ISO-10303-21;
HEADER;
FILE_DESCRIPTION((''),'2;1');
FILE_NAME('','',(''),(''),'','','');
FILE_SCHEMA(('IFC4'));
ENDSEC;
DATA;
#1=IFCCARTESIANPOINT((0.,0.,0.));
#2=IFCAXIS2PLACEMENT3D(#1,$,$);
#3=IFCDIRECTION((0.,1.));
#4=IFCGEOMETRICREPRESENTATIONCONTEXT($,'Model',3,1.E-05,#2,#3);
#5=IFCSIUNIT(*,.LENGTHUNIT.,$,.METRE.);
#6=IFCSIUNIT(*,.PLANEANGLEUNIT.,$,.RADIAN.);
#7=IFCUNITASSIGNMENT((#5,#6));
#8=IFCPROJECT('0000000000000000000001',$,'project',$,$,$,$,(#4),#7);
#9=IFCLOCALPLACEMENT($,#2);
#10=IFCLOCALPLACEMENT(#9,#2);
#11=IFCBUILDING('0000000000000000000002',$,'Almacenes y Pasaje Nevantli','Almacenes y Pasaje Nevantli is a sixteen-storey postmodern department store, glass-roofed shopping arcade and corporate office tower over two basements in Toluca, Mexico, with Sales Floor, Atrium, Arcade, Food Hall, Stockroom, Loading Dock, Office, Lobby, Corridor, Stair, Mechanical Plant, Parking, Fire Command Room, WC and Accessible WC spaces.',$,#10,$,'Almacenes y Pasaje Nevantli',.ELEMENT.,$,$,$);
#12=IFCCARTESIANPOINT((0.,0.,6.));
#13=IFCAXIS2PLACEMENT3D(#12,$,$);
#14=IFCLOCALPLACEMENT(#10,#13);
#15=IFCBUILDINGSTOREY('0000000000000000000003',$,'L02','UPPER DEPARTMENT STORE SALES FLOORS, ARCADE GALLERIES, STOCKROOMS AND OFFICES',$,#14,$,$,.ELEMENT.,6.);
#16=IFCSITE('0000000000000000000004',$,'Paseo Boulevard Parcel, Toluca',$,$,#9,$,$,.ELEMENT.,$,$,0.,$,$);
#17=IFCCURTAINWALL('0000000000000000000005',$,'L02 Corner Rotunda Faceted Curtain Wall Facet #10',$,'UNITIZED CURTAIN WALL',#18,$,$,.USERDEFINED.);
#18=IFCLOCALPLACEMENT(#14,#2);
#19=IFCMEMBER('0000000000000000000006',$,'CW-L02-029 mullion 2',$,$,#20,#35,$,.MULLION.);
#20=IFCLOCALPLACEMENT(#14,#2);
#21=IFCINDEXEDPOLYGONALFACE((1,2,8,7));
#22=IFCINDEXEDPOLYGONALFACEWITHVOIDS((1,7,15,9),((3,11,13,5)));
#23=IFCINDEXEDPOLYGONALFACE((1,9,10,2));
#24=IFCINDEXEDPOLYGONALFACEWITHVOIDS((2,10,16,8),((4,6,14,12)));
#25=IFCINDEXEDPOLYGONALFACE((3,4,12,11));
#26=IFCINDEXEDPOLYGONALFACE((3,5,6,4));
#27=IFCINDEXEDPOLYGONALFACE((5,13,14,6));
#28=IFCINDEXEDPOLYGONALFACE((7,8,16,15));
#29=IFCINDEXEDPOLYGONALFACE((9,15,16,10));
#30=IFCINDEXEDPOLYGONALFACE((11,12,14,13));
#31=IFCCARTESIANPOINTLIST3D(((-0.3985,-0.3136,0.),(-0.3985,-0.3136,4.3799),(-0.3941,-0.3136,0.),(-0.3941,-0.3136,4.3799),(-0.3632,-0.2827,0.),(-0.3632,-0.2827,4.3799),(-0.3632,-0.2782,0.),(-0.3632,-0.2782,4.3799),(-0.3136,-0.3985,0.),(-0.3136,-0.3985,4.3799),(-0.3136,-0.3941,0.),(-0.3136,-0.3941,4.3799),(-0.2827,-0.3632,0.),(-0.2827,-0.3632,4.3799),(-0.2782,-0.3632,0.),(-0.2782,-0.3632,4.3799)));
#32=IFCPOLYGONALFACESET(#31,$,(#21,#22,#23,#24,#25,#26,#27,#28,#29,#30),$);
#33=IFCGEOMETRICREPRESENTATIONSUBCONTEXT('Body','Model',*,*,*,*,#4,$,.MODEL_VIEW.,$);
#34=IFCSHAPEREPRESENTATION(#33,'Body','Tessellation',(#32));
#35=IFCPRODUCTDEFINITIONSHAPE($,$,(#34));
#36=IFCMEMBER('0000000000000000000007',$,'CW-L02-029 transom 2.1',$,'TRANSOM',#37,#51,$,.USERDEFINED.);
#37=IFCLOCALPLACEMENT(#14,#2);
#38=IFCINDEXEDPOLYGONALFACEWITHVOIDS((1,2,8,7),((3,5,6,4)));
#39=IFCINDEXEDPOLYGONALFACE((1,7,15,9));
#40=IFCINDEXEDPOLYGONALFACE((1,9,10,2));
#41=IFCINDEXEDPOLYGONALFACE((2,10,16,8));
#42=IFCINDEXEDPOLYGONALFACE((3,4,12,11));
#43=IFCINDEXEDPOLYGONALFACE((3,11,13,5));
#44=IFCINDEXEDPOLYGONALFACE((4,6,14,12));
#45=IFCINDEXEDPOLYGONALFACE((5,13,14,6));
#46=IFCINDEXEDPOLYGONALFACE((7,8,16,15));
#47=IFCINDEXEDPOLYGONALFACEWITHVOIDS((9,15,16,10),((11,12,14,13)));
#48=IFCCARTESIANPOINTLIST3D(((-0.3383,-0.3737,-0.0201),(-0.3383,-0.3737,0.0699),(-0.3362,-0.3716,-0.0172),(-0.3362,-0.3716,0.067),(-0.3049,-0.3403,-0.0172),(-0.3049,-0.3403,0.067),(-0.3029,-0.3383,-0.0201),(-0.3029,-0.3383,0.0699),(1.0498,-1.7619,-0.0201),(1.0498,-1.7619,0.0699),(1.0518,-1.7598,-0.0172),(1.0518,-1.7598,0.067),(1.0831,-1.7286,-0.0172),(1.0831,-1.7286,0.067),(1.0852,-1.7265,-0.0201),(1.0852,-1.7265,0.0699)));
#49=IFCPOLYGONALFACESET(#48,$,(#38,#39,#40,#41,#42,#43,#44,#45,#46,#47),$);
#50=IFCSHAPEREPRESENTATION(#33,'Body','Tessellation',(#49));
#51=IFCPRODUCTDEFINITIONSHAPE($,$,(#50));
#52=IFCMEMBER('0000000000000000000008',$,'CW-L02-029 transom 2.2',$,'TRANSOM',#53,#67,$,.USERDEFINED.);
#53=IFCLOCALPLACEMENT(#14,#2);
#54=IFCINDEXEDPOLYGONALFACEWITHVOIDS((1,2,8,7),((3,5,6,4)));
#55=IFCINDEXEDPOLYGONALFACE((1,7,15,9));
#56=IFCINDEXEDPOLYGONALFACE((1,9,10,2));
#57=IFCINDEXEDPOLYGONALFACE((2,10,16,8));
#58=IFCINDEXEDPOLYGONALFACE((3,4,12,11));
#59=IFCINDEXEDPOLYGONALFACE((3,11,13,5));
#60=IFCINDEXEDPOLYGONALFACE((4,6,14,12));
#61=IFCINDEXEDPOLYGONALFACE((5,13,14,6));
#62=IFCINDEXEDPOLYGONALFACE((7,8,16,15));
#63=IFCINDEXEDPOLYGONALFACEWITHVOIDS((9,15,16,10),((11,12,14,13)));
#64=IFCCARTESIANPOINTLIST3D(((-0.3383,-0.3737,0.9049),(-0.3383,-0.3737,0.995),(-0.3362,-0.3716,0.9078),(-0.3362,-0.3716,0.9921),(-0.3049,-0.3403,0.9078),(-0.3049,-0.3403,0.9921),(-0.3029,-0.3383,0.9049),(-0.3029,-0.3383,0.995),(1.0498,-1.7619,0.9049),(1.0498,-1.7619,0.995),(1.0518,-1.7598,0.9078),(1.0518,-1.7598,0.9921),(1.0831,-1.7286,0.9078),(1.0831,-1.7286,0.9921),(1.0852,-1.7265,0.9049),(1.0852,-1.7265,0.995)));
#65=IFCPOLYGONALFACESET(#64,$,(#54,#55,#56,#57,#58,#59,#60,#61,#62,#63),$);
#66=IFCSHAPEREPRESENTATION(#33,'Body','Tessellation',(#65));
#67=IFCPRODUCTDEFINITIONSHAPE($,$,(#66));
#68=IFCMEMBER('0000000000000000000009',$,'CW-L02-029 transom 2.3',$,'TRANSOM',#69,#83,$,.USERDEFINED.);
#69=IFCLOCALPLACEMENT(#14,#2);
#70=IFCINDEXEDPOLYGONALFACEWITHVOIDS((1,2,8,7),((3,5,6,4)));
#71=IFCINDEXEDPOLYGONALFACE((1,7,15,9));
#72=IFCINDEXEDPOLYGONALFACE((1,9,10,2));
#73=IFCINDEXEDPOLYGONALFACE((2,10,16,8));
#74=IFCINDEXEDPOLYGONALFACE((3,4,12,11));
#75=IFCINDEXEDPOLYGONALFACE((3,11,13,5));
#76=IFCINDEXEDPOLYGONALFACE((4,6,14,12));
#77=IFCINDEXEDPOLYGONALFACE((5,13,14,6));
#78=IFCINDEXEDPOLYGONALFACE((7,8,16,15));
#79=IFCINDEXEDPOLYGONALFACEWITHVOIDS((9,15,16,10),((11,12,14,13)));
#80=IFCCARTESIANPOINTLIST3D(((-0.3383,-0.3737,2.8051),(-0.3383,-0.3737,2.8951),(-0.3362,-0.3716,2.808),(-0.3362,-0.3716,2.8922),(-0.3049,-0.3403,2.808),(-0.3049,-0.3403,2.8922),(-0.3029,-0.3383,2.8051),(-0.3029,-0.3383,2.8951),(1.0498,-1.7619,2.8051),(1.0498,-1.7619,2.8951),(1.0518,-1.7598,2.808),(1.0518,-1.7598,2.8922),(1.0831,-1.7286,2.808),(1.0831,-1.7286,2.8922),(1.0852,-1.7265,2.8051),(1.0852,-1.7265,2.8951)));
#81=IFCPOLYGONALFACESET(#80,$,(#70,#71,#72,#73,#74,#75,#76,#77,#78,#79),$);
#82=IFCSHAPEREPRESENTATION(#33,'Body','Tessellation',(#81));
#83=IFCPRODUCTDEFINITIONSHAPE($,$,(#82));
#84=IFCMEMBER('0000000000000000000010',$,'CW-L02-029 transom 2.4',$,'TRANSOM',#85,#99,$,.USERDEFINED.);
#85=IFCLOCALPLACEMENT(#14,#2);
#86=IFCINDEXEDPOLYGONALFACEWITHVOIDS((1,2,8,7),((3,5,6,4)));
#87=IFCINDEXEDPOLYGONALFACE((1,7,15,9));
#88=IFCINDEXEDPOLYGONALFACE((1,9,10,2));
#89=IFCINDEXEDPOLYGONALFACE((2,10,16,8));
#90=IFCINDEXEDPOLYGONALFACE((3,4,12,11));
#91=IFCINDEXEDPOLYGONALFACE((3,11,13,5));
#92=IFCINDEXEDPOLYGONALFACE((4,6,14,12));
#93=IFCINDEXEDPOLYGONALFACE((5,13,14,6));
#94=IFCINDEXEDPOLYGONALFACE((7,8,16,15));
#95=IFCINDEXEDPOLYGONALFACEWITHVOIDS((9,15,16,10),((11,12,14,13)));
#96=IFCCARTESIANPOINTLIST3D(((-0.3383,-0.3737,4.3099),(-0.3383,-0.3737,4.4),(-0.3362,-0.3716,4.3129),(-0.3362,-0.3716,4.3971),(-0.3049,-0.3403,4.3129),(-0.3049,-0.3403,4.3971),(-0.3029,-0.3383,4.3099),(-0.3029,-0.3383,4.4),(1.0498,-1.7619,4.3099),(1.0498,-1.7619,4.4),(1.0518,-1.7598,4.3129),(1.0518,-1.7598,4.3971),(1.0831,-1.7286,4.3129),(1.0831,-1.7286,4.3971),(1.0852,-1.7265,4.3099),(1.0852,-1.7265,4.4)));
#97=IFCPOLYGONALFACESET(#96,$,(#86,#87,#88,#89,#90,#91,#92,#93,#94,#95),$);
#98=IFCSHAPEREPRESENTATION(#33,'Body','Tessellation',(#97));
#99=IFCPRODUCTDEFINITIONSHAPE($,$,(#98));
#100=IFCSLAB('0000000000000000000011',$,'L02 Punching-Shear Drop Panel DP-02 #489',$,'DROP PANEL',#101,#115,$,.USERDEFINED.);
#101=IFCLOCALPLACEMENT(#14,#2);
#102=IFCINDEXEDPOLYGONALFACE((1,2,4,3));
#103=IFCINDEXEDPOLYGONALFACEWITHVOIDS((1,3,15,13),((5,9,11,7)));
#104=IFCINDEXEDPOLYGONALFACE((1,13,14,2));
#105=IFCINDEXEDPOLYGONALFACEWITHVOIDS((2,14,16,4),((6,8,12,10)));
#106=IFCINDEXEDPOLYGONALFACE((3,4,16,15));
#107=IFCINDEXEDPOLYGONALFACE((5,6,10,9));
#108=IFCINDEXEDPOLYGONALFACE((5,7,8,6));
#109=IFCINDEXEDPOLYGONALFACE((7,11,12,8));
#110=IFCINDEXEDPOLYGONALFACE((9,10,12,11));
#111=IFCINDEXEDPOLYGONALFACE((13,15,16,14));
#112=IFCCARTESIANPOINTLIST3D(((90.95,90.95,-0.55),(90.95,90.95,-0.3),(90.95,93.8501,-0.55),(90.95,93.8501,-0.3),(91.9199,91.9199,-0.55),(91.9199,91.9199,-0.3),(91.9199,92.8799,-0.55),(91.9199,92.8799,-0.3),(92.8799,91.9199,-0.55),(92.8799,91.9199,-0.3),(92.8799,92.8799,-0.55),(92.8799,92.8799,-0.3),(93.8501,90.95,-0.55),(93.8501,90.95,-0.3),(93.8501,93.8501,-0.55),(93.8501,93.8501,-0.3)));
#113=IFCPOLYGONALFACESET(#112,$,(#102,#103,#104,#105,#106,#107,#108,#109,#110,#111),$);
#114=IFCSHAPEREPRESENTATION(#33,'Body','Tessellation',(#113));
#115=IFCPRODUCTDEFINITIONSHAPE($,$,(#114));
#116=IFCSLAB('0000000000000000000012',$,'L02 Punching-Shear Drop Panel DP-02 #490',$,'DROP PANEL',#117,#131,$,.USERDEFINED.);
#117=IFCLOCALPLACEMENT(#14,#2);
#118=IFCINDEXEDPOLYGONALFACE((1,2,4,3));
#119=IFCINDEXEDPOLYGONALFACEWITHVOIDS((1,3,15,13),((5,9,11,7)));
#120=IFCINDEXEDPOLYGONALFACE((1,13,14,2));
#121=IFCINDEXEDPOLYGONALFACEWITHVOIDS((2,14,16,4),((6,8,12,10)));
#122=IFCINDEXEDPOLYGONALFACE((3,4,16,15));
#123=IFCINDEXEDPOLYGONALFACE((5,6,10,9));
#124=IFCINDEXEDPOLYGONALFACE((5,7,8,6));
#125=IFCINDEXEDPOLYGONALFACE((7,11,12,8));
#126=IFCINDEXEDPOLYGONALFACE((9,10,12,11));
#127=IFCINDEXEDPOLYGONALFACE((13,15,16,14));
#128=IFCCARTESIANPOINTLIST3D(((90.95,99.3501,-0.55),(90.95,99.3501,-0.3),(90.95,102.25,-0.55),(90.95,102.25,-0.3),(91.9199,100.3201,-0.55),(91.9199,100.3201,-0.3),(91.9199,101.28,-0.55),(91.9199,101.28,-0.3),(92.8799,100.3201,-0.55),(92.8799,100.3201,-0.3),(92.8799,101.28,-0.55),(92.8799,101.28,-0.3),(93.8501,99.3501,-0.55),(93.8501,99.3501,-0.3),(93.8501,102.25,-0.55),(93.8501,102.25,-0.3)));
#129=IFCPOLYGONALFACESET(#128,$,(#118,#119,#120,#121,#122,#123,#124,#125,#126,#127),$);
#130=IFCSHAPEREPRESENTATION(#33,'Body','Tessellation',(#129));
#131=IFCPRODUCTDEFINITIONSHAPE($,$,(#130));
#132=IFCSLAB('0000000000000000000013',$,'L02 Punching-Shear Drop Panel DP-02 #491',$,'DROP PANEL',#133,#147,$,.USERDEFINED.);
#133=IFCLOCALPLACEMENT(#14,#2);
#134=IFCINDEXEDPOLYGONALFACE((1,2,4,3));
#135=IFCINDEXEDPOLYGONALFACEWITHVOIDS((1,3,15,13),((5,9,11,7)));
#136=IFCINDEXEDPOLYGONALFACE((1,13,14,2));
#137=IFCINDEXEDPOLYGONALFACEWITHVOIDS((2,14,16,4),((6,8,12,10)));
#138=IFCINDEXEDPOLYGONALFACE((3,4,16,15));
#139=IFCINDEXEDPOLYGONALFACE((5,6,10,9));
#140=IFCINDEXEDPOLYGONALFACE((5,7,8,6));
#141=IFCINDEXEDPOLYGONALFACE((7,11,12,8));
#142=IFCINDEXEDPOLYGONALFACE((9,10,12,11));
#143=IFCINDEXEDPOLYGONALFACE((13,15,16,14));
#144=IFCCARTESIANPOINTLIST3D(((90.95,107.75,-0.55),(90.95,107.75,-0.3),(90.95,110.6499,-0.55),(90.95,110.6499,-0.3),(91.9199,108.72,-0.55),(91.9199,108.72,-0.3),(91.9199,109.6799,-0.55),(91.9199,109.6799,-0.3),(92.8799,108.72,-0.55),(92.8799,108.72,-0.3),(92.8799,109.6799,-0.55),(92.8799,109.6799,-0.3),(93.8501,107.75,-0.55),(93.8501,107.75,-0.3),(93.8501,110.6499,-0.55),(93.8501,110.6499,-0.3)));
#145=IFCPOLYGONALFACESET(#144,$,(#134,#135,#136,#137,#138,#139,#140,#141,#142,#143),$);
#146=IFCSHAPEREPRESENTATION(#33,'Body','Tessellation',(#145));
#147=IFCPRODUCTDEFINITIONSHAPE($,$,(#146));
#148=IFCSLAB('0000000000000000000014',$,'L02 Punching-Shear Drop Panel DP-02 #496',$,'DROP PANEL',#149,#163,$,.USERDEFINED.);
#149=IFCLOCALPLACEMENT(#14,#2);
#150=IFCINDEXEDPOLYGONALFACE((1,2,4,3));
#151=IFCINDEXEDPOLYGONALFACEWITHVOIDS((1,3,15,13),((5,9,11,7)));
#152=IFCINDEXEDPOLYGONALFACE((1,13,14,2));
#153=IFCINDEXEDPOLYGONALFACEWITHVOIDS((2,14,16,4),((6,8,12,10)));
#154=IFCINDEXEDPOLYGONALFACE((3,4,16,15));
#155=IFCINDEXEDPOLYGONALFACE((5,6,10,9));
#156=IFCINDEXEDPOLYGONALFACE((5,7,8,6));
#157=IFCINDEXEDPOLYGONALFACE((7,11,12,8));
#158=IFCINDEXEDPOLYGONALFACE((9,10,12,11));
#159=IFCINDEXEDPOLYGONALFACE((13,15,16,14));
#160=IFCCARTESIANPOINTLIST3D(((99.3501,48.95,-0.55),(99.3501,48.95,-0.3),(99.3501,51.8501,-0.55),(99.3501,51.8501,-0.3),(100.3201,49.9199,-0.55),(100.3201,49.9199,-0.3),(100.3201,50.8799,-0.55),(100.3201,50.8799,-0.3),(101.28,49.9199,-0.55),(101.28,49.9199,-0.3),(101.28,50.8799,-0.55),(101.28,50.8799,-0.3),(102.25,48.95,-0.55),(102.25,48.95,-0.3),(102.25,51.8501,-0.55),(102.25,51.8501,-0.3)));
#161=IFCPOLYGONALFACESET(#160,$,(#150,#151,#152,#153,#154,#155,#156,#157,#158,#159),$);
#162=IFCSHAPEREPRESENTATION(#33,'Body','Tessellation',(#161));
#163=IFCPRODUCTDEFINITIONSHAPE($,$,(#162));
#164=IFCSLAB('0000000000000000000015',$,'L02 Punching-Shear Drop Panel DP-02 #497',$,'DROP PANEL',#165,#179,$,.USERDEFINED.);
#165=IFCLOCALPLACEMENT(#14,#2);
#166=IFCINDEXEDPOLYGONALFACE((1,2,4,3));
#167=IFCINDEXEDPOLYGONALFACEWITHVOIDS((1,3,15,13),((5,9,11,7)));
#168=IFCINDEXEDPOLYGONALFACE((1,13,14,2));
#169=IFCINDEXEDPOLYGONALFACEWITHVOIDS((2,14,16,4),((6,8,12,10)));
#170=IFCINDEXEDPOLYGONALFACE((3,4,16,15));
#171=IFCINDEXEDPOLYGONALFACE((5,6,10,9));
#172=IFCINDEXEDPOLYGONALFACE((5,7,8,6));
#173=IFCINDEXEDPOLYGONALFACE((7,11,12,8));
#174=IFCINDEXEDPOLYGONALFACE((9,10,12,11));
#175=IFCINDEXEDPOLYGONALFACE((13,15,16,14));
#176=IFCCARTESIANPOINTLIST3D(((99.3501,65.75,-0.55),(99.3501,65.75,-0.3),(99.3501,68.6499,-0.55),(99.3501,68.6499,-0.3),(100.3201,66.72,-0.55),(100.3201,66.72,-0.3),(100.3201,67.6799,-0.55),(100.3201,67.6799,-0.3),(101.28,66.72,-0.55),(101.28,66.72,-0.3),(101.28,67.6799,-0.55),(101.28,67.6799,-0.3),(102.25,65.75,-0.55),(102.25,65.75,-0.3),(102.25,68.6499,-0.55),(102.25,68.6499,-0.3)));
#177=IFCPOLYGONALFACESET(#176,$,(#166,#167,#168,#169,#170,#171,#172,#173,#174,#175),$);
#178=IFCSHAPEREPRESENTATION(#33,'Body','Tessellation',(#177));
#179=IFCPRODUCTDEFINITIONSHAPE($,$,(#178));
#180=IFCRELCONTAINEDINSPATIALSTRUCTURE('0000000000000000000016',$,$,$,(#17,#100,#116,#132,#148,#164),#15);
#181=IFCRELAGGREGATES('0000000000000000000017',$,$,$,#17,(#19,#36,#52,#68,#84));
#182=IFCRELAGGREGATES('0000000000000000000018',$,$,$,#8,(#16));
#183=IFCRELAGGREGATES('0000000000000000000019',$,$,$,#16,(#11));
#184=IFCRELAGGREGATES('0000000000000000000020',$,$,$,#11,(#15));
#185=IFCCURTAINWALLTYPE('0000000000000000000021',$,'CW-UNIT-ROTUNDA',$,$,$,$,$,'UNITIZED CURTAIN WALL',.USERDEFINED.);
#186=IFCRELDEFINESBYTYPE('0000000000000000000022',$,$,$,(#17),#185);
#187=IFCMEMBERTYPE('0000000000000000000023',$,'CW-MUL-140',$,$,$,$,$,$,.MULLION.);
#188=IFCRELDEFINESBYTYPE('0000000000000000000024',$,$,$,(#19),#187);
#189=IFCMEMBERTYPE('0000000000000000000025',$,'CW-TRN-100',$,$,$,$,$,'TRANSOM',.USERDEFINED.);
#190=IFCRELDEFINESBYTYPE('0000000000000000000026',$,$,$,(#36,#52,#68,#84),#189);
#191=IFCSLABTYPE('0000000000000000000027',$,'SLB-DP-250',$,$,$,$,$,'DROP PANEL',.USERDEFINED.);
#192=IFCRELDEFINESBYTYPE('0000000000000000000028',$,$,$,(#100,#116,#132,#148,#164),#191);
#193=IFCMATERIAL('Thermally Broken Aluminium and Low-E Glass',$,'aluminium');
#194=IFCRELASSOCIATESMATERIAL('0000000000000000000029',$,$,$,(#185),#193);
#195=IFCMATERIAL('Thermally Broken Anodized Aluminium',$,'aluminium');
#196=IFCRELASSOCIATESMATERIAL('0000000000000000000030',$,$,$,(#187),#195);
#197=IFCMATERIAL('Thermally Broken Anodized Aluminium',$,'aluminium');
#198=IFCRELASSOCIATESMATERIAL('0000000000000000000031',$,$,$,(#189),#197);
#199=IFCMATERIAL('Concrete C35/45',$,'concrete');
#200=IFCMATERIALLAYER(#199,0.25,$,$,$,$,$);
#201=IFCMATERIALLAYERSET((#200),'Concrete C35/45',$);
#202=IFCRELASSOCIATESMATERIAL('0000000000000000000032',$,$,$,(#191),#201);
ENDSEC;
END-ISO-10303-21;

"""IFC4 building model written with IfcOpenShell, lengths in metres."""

from ifc_helpers import new_model, si_unit, direction, frame, origin, origin_2d, place, context, subcontext, project, spatial, polyline, hollow_rectangle, outline, extrude, material, layer, layer_set, material_profile, profile_set, type_object, element, aggregate, save


model = new_model("IFC4")

# Units and contexts
model_context = context("Model", 3, precision=1e-05, world=origin(), true_north=direction((0.0, 1.0)))
body_context = subcontext(model_context, "Body", "Model", "MODEL_VIEW")
ifc_project = project(units=[si_unit("LENGTHUNIT", "METRE"), si_unit("PLANEANGLEUNIT", "RADIAN")], contexts=[model_context])

# Site, building, storey
site_placement = place(None, origin())
site = spatial("IfcSite", under=ifc_project, at=site_placement, Name="Paseo Boulevard Parcel, Toluca", CompositionType="ELEMENT", RefElevation=0.0)
building_placement = place(site_placement, origin())
building = spatial("IfcBuilding", under=site, at=building_placement, Name="Almacenes y Pasaje Nevantli", Description="Almacenes y Pasaje Nevantli is a sixteen-storey postmodern department store, glass-roofed shopping arcade and corporate office tower over two basements in Toluca, Mexico, with Sales Floor, Atrium, Arcade, Food Hall, Stockroom, Loading Dock, Office, Lobby, Corridor, Stair, Mechanical Plant, Parking, Fire Command Room, WC and Accessible WC spaces.", LongName="Almacenes y Pasaje Nevantli", CompositionType="ELEMENT")
storey_placement = place(building_placement, frame((0.0, 0.0, 6.0)))
storey = spatial("IfcBuildingStorey", under=building, at=storey_placement, Name="L02", Description="UPPER DEPARTMENT STORE SALES FLOORS, ARCADE GALLERIES, STOCKROOMS AND OFFICES", CompositionType="ELEMENT", Elevation=6.0)

# Curtain wall, members
ifc_material_1 = material(Name="Thermally Broken Aluminium and Low-E Glass", Category="aluminium")
curtain_wall_type = type_object("IfcCurtainWallType", Name="CW-UNIT-ROTUNDA", ElementType="UNITIZED CURTAIN WALL", PredefinedType="USERDEFINED", material=ifc_material_1)
curtain_wall_placement = place(storey_placement, origin())
curtain_wall = element("IfcCurtainWall", 1, at=curtain_wall_placement, inside=storey, type_object=curtain_wall_type, Name="L02 Corner Rotunda Faceted Curtain Wall Facet #10", ObjectType="UNITIZED CURTAIN WALL", PredefinedType="USERDEFINED")
ifc_material_2 = material(Name="Thermally Broken Anodized Aluminium", Category="aluminium")
ifc_material_profile_1 = material_profile(ifc_material_2, hollow_rectangle(XDim=0.05, YDim=0.1201, WallThickness=0.0032, at=origin_2d()), Name="ALU-MUL-50x120")
ifc_profile_set_1 = profile_set([ifc_material_profile_1], Name="Thermally Broken Anodized Aluminium")
member_type_1 = type_object("IfcMemberType", Name="CW-MUL-140", PredefinedType="MULLION", material=ifc_profile_set_1)
member_1_placement = place(storey_placement, frame((-0.3384, -0.3384, 0.0), z_axis=(0.0, 0.0, 1.0), x_axis=(0.707107, 0.707107, 0.0)))
member_1 = element("IfcMember", 2, at=member_1_placement, type_object=member_type_1, Name="CW-L02-029 mullion 2", PredefinedType="MULLION", context=body_context, shape_type="SweptSolid", body=[
    extrude(hollow_rectangle(XDim=0.05, YDim=0.1201, WallThickness=0.0032, at=origin_2d()), origin(), (0.0, 0.0, 1.0), 4.3799),
])
ifc_material_3 = material(Name="Thermally Broken Anodized Aluminium", Category="aluminium")
ifc_material_profile_2 = material_profile(ifc_material_3, hollow_rectangle(XDim=0.05, YDim=0.0901, WallThickness=0.0029, at=origin_2d()), Name="ALU-TRN-50x90")
ifc_profile_set_2 = profile_set([ifc_material_profile_2], Name="Thermally Broken Anodized Aluminium")
member_type_2 = type_object("IfcMemberType", Name="CW-TRN-100", ElementType="TRANSOM", PredefinedType="USERDEFINED", material=ifc_profile_set_2)
member_2_placement = place(storey_placement, frame((-0.3206, -0.356, 0.0249), z_axis=(0.707045, -0.707169, 0.0), x_axis=(0.707169, 0.707045, 0.0)))
member_2 = element("IfcMember", 3, at=member_2_placement, type_object=member_type_2, Name="CW-L02-029 transom 2.1", ObjectType="TRANSOM", PredefinedType="USERDEFINED", context=body_context, shape_type="SweptSolid", body=[
    extrude(hollow_rectangle(XDim=0.05, YDim=0.0901, WallThickness=0.0029, at=origin_2d()), origin(), (0.0, 0.0, 1.0), 1.9631),
])
member_3_placement = place(storey_placement, frame((-0.3206, -0.356, 0.95), z_axis=(0.707045, -0.707169, 0.0), x_axis=(0.707169, 0.707045, 0.0)))
member_3 = element("IfcMember", 4, at=member_3_placement, type_object=member_type_2, Name="CW-L02-029 transom 2.2", ObjectType="TRANSOM", PredefinedType="USERDEFINED", context=body_context, shape_type="SweptSolid", body=[
    extrude(hollow_rectangle(XDim=0.05, YDim=0.0901, WallThickness=0.0029, at=origin_2d()), origin(), (0.0, 0.0, 1.0), 1.9631),
])
member_4_placement = place(storey_placement, frame((-0.3206, -0.356, 2.8501), z_axis=(0.707045, -0.707169, 0.0), x_axis=(0.707169, 0.707045, 0.0)))
member_4 = element("IfcMember", 5, at=member_4_placement, type_object=member_type_2, Name="CW-L02-029 transom 2.3", ObjectType="TRANSOM", PredefinedType="USERDEFINED", context=body_context, shape_type="SweptSolid", body=[
    extrude(hollow_rectangle(XDim=0.05, YDim=0.0901, WallThickness=0.0029, at=origin_2d()), origin(), (0.0, 0.0, 1.0), 1.9631),
])
member_5_placement = place(storey_placement, frame((-0.3206, -0.356, 4.355), z_axis=(0.707045, -0.707169, 0.0), x_axis=(0.707169, 0.707045, 0.0)))
member_5 = element("IfcMember", 6, at=member_5_placement, type_object=member_type_2, Name="CW-L02-029 transom 2.4", ObjectType="TRANSOM", PredefinedType="USERDEFINED", context=body_context, shape_type="SweptSolid", body=[
    extrude(hollow_rectangle(XDim=0.05, YDim=0.0901, WallThickness=0.0029, at=origin_2d()), origin(), (0.0, 0.0, 1.0), 1.9631),
])
aggregate(curtain_wall, [member_1, member_2, member_3, member_4, member_5])

# Slabs
ifc_material_4 = material(Name="Concrete C35/45", Category="concrete")
ifc_layer_1 = layer(ifc_material_4, 0.25)
ifc_layer_set_1 = layer_set([ifc_layer_1], Name="Concrete C35/45")
slab_type_1 = type_object("IfcSlabType", Name="SLB-DP-250", ElementType="DROP PANEL", PredefinedType="USERDEFINED", material=ifc_layer_set_1)
slab_1_placement = place(storey_placement, frame((0.0, 0.0, -0.55)))
element("IfcSlab", 7, at=slab_1_placement, inside=storey, type_object=slab_type_1, Name="L02 Punching-Shear Drop Panel DP-02 #489", ObjectType="DROP PANEL", PredefinedType="USERDEFINED", context=body_context, shape_type="SweptSolid", body=[
    extrude(outline(polyline([(90.95, 90.95), (93.8501, 90.95), (93.8501, 93.8501), (90.95, 93.8501), (90.95, 90.95)]), holes=[polyline([(91.9199, 91.9199), (92.8799, 91.9199), (92.8799, 92.8799), (91.9199, 92.8799), (91.9199, 91.9199)])]), origin(), (0.0, 0.0, 1.0), 0.25),
])
slab_2_placement = place(storey_placement, frame((0.0, 0.0, -0.55)))
element("IfcSlab", 8, at=slab_2_placement, inside=storey, type_object=slab_type_1, Name="L02 Punching-Shear Drop Panel DP-02 #490", ObjectType="DROP PANEL", PredefinedType="USERDEFINED", context=body_context, shape_type="SweptSolid", body=[
    extrude(outline(polyline([(90.95, 99.3501), (93.8501, 99.3501), (93.8501, 102.25), (90.95, 102.25), (90.95, 99.3501)]), holes=[polyline([(91.9199, 100.3201), (92.8799, 100.3201), (92.8799, 101.28), (91.9199, 101.28), (91.9199, 100.3201)])]), origin(), (0.0, 0.0, 1.0), 0.25),
])
slab_3_placement = place(storey_placement, frame((0.0, 0.0, -0.55)))
element("IfcSlab", 9, at=slab_3_placement, inside=storey, type_object=slab_type_1, Name="L02 Punching-Shear Drop Panel DP-02 #491", ObjectType="DROP PANEL", PredefinedType="USERDEFINED", context=body_context, shape_type="SweptSolid", body=[
    extrude(outline(polyline([(90.95, 107.75), (93.8501, 107.75), (93.8501, 110.6499), (90.95, 110.6499), (90.95, 107.75)]), holes=[polyline([(91.9199, 108.72), (92.8799, 108.72), (92.8799, 109.6799), (91.9199, 109.6799), (91.9199, 108.72)])]), origin(), (0.0, 0.0, 1.0), 0.25),
])
slab_4_placement = place(storey_placement, frame((0.0, 0.0, -0.55)))
element("IfcSlab", 10, at=slab_4_placement, inside=storey, type_object=slab_type_1, Name="L02 Punching-Shear Drop Panel DP-02 #496", ObjectType="DROP PANEL", PredefinedType="USERDEFINED", context=body_context, shape_type="SweptSolid", body=[
    extrude(outline(polyline([(99.3501, 48.95), (102.25, 48.95), (102.25, 51.8501), (99.3501, 51.8501), (99.3501, 48.95)]), holes=[polyline([(100.3201, 49.9199), (101.28, 49.9199), (101.28, 50.8799), (100.3201, 50.8799), (100.3201, 49.9199)])]), origin(), (0.0, 0.0, 1.0), 0.25),
])
slab_5_placement = place(storey_placement, frame((0.0, 0.0, -0.55)))
element("IfcSlab", 11, at=slab_5_placement, inside=storey, type_object=slab_type_1, Name="L02 Punching-Shear Drop Panel DP-02 #497", ObjectType="DROP PANEL", PredefinedType="USERDEFINED", context=body_context, shape_type="SweptSolid", body=[
    extrude(outline(polyline([(99.3501, 65.75), (102.25, 65.75), (102.25, 68.6499), (99.3501, 68.6499), (99.3501, 65.75)]), holes=[polyline([(100.3201, 66.72), (101.28, 66.72), (101.28, 67.6799), (100.3201, 67.6799), (100.3201, 66.72)])]), origin(), (0.0, 0.0, 1.0), 0.25),
])

save(model, "model.ifc")
